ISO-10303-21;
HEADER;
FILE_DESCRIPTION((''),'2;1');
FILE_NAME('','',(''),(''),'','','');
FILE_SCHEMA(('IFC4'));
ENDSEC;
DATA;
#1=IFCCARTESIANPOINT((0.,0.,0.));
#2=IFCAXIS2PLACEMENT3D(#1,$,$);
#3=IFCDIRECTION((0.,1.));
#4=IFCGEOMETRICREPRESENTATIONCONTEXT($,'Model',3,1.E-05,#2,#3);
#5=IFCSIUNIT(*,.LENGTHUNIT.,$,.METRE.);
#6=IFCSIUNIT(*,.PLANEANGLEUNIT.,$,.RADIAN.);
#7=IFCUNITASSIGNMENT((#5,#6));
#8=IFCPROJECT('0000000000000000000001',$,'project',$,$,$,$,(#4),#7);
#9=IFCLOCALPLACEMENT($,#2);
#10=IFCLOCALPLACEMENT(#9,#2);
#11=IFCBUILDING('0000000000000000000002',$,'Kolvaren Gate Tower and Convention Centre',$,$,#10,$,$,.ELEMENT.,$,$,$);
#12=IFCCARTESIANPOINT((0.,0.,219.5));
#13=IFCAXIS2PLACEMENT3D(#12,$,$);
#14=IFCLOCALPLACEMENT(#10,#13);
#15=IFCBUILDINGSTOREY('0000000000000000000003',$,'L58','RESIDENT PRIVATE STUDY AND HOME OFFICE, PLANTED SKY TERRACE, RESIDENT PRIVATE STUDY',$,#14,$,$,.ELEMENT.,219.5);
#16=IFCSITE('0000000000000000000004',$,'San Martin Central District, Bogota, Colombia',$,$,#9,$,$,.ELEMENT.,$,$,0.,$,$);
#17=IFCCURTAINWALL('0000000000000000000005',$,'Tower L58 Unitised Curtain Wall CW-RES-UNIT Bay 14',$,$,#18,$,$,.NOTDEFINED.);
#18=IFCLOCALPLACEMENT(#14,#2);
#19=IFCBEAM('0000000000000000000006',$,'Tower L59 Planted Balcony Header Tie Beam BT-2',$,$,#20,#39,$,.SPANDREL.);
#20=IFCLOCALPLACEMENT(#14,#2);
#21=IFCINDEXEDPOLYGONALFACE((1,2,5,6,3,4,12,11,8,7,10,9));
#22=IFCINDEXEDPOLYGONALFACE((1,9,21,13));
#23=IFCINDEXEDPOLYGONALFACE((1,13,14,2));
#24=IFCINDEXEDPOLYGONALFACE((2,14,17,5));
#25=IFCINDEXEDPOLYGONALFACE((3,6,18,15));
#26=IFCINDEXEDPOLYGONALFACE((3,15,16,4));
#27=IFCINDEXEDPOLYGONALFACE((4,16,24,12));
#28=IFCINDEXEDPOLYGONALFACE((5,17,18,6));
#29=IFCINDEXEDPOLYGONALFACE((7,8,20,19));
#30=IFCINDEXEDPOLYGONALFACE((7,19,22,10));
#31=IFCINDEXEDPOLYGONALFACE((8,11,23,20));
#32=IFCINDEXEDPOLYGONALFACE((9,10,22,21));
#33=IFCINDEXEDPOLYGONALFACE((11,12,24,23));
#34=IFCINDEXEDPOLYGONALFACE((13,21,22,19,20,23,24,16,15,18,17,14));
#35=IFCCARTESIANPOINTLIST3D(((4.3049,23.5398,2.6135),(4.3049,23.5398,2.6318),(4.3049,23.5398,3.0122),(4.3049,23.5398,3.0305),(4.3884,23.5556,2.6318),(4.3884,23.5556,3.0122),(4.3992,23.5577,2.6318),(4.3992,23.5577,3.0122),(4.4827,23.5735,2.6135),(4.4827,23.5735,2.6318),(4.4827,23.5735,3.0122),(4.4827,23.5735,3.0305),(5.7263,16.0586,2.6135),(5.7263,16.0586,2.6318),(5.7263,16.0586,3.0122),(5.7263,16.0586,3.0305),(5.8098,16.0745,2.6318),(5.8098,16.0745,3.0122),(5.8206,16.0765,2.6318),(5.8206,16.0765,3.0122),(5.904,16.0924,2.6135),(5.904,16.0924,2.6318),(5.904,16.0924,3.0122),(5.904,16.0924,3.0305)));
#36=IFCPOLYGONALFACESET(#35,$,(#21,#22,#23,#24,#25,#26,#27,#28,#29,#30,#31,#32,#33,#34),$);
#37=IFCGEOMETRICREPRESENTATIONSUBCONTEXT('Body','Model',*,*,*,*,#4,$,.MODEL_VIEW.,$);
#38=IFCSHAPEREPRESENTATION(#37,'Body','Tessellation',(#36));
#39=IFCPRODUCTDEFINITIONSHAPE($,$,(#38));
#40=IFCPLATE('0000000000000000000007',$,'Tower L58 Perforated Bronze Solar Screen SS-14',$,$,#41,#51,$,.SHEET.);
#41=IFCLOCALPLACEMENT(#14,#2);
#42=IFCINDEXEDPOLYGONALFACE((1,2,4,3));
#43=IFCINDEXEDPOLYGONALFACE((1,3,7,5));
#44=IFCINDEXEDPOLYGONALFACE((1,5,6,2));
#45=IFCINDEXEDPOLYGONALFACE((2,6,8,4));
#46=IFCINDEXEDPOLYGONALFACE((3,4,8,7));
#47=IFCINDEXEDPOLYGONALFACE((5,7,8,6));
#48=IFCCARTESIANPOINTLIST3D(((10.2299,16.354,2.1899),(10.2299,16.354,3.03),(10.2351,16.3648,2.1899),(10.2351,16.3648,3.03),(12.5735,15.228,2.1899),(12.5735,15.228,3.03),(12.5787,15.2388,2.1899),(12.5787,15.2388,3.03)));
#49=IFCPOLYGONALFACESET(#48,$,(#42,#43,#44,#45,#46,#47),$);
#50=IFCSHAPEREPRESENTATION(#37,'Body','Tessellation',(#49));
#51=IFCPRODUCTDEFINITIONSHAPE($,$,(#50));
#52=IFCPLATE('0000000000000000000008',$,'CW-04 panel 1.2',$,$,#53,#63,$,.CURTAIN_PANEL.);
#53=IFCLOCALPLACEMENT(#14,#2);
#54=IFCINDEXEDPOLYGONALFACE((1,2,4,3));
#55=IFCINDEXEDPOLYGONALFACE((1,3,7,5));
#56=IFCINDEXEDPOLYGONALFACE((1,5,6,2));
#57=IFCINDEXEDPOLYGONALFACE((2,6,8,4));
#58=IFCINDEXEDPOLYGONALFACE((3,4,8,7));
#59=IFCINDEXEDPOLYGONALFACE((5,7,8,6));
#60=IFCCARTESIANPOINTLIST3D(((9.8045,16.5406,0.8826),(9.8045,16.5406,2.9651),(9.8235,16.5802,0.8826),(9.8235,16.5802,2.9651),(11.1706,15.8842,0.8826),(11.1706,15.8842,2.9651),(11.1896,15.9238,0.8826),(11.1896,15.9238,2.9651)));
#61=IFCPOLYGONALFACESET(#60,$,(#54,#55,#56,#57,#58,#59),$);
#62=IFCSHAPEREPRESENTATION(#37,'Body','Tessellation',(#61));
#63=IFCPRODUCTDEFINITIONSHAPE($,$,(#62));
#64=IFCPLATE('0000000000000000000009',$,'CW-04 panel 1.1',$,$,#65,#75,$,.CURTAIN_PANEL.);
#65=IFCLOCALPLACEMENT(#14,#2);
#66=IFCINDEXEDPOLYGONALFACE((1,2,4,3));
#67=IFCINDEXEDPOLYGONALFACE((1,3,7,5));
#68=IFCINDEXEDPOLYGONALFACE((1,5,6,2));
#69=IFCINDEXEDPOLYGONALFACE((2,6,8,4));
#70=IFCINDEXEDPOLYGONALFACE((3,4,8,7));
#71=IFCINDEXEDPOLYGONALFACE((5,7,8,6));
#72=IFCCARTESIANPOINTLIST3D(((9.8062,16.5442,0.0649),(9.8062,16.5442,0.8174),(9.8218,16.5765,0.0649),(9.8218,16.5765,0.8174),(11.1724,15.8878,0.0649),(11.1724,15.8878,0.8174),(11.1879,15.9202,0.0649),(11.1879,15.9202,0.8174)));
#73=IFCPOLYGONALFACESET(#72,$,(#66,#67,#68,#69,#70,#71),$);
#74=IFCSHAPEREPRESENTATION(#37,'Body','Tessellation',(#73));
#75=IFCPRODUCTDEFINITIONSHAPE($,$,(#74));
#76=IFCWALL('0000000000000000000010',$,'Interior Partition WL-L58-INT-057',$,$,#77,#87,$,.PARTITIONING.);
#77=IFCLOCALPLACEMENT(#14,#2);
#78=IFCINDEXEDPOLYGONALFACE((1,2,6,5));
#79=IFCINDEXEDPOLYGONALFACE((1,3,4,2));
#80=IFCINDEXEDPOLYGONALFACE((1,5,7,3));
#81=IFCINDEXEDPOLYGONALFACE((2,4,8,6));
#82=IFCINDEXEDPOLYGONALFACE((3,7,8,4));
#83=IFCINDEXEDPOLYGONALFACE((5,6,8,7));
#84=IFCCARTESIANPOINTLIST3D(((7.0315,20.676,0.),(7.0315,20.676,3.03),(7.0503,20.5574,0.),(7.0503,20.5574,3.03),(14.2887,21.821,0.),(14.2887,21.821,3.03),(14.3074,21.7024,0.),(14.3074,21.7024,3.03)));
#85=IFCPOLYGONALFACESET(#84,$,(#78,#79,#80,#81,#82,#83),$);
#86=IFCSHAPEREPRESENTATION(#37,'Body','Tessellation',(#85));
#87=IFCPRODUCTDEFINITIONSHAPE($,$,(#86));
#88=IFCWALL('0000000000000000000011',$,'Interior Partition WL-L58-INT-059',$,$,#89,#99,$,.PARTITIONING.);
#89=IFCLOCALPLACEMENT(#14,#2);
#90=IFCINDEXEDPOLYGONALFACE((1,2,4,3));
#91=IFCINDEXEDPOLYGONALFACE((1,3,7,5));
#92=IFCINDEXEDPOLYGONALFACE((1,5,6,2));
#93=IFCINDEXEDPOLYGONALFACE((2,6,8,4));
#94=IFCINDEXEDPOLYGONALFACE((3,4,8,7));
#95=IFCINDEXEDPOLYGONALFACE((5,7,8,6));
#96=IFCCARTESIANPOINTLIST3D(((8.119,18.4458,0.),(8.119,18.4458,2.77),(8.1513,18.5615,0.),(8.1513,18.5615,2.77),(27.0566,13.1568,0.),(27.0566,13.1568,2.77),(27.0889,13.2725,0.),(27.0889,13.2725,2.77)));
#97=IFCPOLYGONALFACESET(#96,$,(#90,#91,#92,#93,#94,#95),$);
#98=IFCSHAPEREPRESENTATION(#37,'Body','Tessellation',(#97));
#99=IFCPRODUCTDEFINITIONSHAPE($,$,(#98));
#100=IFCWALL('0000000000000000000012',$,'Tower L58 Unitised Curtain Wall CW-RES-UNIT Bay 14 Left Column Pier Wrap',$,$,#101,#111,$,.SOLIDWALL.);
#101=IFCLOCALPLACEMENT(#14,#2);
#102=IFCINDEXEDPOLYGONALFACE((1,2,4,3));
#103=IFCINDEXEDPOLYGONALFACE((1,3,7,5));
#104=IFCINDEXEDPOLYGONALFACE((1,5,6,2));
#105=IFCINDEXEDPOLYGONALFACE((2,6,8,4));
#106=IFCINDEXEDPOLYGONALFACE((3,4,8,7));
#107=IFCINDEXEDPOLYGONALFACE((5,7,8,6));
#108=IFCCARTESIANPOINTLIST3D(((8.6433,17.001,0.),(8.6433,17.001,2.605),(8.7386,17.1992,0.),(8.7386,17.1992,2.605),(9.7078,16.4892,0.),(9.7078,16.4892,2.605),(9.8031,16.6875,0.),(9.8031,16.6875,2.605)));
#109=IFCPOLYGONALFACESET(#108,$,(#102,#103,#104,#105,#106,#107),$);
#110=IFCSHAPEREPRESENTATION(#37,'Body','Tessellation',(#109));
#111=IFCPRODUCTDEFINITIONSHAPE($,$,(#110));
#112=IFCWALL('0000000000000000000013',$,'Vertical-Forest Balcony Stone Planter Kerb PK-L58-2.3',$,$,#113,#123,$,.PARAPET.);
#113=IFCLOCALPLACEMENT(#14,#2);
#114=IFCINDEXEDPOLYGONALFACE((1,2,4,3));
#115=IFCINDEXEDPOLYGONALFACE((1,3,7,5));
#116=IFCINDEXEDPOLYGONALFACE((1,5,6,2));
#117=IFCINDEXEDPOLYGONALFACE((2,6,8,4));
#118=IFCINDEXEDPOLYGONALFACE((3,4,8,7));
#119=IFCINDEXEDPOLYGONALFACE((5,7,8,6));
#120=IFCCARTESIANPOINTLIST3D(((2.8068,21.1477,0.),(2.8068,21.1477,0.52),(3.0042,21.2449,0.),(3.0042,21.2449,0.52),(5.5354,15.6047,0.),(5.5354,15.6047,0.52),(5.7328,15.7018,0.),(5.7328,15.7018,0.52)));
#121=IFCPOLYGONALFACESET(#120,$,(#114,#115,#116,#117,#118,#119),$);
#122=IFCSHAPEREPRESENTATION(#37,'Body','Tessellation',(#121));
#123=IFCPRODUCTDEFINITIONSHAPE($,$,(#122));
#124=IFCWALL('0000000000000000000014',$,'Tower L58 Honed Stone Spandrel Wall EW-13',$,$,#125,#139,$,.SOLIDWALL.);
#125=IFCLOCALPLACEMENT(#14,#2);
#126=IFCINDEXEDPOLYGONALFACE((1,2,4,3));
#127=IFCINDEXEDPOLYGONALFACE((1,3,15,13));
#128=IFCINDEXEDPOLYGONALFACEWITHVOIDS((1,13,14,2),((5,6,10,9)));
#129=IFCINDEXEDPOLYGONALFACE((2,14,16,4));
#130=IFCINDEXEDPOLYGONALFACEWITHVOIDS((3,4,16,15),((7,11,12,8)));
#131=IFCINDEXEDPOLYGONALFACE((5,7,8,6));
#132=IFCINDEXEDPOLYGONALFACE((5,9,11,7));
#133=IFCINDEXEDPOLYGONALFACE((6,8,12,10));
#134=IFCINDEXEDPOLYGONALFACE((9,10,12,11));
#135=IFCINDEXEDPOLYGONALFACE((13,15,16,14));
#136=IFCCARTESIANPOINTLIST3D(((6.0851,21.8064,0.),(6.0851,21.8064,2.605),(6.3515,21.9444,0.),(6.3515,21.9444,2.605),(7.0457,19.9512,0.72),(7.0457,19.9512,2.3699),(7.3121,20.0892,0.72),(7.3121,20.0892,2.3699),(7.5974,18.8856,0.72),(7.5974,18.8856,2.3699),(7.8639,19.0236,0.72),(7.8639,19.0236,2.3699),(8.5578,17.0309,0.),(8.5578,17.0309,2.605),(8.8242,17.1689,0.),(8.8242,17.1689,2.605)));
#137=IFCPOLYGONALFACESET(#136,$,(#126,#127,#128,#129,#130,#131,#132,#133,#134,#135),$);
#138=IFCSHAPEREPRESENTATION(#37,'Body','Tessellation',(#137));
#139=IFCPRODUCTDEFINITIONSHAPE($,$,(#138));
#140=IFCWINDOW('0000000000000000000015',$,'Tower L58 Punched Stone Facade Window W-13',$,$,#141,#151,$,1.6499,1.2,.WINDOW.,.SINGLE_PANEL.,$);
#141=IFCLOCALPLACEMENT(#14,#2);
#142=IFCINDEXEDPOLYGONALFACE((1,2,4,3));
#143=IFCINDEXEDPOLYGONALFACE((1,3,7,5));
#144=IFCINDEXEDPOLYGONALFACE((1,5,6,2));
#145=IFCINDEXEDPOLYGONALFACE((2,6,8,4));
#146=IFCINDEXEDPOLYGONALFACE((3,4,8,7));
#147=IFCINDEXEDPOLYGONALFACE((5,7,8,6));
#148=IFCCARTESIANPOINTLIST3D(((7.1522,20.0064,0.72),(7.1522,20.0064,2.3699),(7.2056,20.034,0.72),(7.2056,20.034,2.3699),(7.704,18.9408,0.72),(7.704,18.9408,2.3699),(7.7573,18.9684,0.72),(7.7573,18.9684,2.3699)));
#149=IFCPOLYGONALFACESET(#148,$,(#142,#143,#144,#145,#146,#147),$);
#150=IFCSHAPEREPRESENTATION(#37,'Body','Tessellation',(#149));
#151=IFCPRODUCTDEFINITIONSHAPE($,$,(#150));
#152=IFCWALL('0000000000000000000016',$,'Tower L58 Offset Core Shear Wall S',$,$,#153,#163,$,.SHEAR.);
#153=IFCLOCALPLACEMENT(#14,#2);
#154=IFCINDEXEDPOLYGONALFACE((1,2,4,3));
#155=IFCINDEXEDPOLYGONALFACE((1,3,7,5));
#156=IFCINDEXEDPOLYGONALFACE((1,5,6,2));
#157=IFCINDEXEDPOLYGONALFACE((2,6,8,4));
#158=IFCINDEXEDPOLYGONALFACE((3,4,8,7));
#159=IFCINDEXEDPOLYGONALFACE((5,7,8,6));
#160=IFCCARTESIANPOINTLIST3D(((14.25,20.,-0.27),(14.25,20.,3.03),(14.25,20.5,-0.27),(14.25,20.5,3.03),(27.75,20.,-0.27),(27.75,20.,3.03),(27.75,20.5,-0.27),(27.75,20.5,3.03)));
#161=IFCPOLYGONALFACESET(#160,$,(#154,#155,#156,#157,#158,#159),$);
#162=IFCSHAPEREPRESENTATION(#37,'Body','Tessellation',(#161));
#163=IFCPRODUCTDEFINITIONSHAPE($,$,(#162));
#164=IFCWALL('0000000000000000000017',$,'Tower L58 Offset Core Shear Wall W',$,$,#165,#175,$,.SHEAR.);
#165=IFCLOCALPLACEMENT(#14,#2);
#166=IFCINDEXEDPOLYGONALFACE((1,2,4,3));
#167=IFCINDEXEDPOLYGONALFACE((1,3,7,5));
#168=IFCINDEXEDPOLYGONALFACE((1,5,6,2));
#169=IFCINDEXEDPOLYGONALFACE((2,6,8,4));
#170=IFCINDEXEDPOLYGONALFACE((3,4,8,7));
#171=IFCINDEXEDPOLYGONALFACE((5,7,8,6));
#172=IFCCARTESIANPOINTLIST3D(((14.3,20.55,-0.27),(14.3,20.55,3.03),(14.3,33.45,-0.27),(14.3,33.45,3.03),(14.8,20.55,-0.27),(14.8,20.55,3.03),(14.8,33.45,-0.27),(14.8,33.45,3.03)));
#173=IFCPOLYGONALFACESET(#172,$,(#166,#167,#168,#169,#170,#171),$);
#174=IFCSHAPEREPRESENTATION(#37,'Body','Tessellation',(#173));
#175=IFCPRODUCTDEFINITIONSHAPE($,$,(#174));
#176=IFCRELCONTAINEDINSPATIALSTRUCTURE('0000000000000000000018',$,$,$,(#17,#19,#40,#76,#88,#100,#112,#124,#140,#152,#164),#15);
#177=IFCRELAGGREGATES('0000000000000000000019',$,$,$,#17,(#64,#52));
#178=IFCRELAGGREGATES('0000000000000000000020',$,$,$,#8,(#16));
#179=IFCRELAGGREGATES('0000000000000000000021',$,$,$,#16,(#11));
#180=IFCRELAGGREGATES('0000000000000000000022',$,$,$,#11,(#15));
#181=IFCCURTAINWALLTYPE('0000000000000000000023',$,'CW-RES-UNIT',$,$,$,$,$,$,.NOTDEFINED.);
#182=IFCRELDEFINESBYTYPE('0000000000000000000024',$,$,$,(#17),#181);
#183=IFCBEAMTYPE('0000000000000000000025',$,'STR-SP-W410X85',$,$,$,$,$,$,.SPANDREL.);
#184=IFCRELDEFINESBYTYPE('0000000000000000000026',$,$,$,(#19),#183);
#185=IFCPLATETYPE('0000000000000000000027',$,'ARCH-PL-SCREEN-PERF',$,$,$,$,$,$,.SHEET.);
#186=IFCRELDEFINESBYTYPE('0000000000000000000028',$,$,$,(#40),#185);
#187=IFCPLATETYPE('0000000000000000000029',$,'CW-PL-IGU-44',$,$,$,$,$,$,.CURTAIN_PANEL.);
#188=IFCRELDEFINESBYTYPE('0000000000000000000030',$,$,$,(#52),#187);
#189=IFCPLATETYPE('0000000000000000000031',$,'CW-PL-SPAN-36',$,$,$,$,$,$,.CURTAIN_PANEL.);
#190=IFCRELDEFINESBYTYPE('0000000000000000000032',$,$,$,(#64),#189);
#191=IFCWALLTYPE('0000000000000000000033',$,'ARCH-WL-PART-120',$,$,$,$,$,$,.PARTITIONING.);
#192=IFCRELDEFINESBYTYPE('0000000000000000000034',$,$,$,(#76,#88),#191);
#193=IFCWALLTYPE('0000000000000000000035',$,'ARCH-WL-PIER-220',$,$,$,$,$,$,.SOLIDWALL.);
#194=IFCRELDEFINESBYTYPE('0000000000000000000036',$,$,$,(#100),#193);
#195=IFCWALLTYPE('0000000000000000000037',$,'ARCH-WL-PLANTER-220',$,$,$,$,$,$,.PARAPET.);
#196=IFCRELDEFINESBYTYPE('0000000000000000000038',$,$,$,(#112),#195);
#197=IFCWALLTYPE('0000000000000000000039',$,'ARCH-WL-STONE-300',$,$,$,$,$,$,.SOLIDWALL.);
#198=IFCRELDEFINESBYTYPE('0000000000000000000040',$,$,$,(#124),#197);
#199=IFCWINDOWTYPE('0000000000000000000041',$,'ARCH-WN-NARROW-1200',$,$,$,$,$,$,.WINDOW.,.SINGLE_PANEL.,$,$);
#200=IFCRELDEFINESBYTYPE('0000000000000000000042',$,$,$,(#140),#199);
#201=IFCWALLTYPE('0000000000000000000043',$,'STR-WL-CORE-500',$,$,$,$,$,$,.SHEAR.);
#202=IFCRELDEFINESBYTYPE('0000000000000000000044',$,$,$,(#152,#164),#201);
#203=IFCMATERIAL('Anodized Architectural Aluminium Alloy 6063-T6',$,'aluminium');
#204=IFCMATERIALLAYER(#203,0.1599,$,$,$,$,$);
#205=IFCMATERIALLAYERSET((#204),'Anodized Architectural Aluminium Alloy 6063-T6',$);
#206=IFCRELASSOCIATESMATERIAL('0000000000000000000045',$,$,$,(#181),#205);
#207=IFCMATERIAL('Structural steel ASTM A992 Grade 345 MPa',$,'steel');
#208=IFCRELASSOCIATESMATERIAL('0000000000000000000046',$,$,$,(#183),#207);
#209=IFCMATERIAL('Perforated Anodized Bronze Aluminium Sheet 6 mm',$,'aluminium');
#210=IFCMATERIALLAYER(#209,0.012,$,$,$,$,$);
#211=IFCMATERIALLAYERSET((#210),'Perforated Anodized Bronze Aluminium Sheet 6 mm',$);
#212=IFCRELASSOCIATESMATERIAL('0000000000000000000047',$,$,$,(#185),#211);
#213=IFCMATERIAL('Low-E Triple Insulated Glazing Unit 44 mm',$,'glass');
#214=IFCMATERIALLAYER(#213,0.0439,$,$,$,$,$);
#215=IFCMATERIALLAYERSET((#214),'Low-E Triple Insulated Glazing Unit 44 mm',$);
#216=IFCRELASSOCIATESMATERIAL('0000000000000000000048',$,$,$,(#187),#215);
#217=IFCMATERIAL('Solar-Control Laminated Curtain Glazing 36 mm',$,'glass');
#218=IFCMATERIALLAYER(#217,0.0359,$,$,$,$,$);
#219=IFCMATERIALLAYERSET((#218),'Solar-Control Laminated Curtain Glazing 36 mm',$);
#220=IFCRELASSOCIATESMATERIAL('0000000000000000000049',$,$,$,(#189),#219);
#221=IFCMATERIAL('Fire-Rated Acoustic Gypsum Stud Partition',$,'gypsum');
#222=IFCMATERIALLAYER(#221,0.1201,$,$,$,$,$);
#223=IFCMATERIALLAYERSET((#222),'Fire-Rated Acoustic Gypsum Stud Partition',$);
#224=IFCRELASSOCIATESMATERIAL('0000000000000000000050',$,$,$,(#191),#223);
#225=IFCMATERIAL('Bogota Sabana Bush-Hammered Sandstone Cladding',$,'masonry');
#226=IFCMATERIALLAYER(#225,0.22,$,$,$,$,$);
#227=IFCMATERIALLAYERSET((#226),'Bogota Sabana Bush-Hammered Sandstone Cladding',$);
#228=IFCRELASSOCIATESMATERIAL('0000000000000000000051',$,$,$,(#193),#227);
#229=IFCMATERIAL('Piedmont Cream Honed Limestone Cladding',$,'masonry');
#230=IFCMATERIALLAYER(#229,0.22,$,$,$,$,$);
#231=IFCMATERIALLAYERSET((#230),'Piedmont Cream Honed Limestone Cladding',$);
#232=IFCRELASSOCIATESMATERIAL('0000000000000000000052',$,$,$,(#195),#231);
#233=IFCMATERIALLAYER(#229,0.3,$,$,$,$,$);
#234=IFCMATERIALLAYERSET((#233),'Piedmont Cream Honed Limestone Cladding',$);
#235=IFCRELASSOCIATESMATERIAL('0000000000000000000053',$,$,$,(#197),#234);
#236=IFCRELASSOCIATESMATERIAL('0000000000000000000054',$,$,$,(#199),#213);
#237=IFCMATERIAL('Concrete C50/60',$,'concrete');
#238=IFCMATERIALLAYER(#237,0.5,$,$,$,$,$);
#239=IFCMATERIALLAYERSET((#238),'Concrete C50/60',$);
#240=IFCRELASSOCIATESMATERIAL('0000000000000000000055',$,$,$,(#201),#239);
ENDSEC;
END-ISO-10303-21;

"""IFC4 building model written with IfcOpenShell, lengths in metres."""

from ifc_helpers import new_model, si_unit, direction, frame, frame_2d, origin, origin_2d, place, context, subcontext, project, spatial, rectangle, i_section, extrude, material, layer, layer_set, material_profile, profile_set, type_object, element, fill, aggregate, save


model = new_model("IFC4")

# Units and contexts
model_context = context("Model", 3, precision=1e-05, world=origin(), true_north=direction((0.0, 1.0)))
body_context = subcontext(model_context, "Body", "Model", "MODEL_VIEW")
ifc_project = project(units=[si_unit("LENGTHUNIT", "METRE"), si_unit("PLANEANGLEUNIT", "RADIAN")], contexts=[model_context])

# Site, building, storey
site_placement = place(None, origin())
site = spatial("IfcSite", under=ifc_project, at=site_placement, Name="San Martin Central District, Bogota, Colombia", CompositionType="ELEMENT", RefElevation=0.0)
building_placement = place(site_placement, origin())
building = spatial("IfcBuilding", under=site, at=building_placement, Name="Kolvaren Gate Tower and Convention Centre", CompositionType="ELEMENT")
storey_placement = place(building_placement, frame((0.0, 0.0, 219.5)))
storey = spatial("IfcBuildingStorey", under=building, at=storey_placement, Name="L58", Description="RESIDENT PRIVATE STUDY AND HOME OFFICE, PLANTED SKY TERRACE, RESIDENT PRIVATE STUDY", CompositionType="ELEMENT", Elevation=219.5)

# Curtain wall
ifc_material_1 = material(Name="Anodized Architectural Aluminium Alloy 6063-T6", Category="aluminium")
ifc_layer_1 = layer(ifc_material_1, 0.1599)
ifc_layer_set_1 = layer_set([ifc_layer_1], Name="Anodized Architectural Aluminium Alloy 6063-T6")
curtain_wall_type = type_object("IfcCurtainWallType", Name="CW-RES-UNIT", PredefinedType="NOTDEFINED", material=ifc_layer_set_1)
curtain_wall_placement = place(storey_placement, origin())
curtain_wall = element("IfcCurtainWall", 1, at=curtain_wall_placement, inside=storey, type_object=curtain_wall_type, Name="Tower L58 Unitised Curtain Wall CW-RES-UNIT Bay 14", PredefinedType="NOTDEFINED")

# Beam
ifc_material_2 = material(Name="Structural steel ASTM A992 Grade 345 MPa", Category="steel")
ifc_material_profile_1 = material_profile(ifc_material_2, i_section(OverallWidth=0.1809, OverallDepth=0.417, WebThickness=0.011, FlangeThickness=0.0183, at=origin_2d()), Name="W410X85")
ifc_profile_set_1 = profile_set([ifc_material_profile_1], Name="Structural steel ASTM A992 Grade 345 MPa")
beam_type_1 = type_object("IfcBeamType", Name="STR-SP-W410X85", PredefinedType="SPANDREL", material=ifc_profile_set_1)
beam_1_placement = place(storey_placement, frame((4.3938, 23.5566, 2.822), z_axis=(0.186655, -0.982425, 0.0), x_axis=(0.982425, 0.186655, 0.0)))
element("IfcBeam", 2, at=beam_1_placement, inside=storey, type_object=beam_type_1, Name="Tower L59 Planted Balcony Header Tie Beam BT-2", PredefinedType="SPANDREL", context=body_context, shape_type="SweptSolid", body=[
    extrude(i_section(OverallWidth=0.1809, OverallDepth=0.417, WebThickness=0.011, FlangeThickness=0.0183, at=origin_2d()), origin(), (0.0, 0.0, 1.0), 7.615),
])

# Plates
ifc_material_3 = material(Name="Perforated Anodized Bronze Aluminium Sheet 6 mm", Category="aluminium")
ifc_layer_2 = layer(ifc_material_3, 0.012)
ifc_layer_set_2 = layer_set([ifc_layer_2], Name="Perforated Anodized Bronze Aluminium Sheet 6 mm")
plate_type_1 = type_object("IfcPlateType", Name="ARCH-PL-SCREEN-PERF", PredefinedType="SHEET", material=ifc_layer_set_2)
plate_1_placement = place(storey_placement, frame((11.4043, 15.7964, 2.1899), z_axis=(0.0, 0.0, 1.0), x_axis=(0.901359, -0.433072, 0.0)))
element("IfcPlate", 3, at=plate_1_placement, inside=storey, type_object=plate_type_1, Name="Tower L58 Perforated Bronze Solar Screen SS-14", PredefinedType="SHEET", context=body_context, shape_type="SweptSolid", body=[
    extrude(rectangle(XDim=2.6001, YDim=0.012, at=origin_2d()), origin(), (0.0, 0.0, 1.0), 0.8401),
])
ifc_material_4 = material(Name="Low-E Triple Insulated Glazing Unit 44 mm", Category="glass")
ifc_layer_3 = layer(ifc_material_4, 0.0439)
ifc_layer_set_3 = layer_set([ifc_layer_3], Name="Low-E Triple Insulated Glazing Unit 44 mm")
plate_type_2 = type_object("IfcPlateType", Name="CW-PL-IGU-44", PredefinedType="CURTAIN_PANEL", material=ifc_layer_set_3)
plate_2_placement = place(storey_placement, frame((10.4971, 16.2322, 0.8826), z_axis=(0.0, 0.0, 1.0), x_axis=(0.901362, -0.433066, 0.0)))
plate_2 = element("IfcPlate", 4, at=plate_2_placement, type_object=plate_type_2, Name="CW-04 panel 1.2", PredefinedType="CURTAIN_PANEL", context=body_context, shape_type="SweptSolid", body=[
    extrude(rectangle(XDim=1.5156, YDim=0.0439, at=origin_2d()), origin(), (0.0, 0.0, 1.0), 2.0825),
])
ifc_material_5 = material(Name="Solar-Control Laminated Curtain Glazing 36 mm", Category="glass")
ifc_layer_4 = layer(ifc_material_5, 0.0359)
ifc_layer_set_4 = layer_set([ifc_layer_4], Name="Solar-Control Laminated Curtain Glazing 36 mm")
plate_type_3 = type_object("IfcPlateType", Name="CW-PL-SPAN-36", PredefinedType="CURTAIN_PANEL", material=ifc_layer_set_4)
plate_3_placement = place(storey_placement, frame((10.4971, 16.2322, 0.0649), z_axis=(0.0, 0.0, 1.0), x_axis=(0.901362, -0.433066, 0.0)))
plate_3 = element("IfcPlate", 5, at=plate_3_placement, type_object=plate_type_3, Name="CW-04 panel 1.1", PredefinedType="CURTAIN_PANEL", context=body_context, shape_type="SweptSolid", body=[
    extrude(rectangle(XDim=1.5156, YDim=0.0359, at=origin_2d()), origin(), (0.0, 0.0, 1.0), 0.7524),
])
aggregate(curtain_wall, [plate_3, plate_2])

# Walls
ifc_material_6 = material(Name="Fire-Rated Acoustic Gypsum Stud Partition", Category="gypsum")
ifc_layer_5 = layer(ifc_material_6, 0.1201)
ifc_layer_set_5 = layer_set([ifc_layer_5], Name="Fire-Rated Acoustic Gypsum Stud Partition")
wall_type_1 = type_object("IfcWallType", Name="ARCH-WL-PART-120", PredefinedType="PARTITIONING", material=ifc_layer_set_5)
wall_1_placement = place(storey_placement, frame((7.041, 20.6167, 0.0), z_axis=(0.0, 0.0, 1.0), x_axis=(0.98778, 0.155852, 0.0)))
element("IfcWall", 6, at=wall_1_placement, inside=storey, type_object=wall_type_1, Name="Interior Partition WL-L58-INT-057", PredefinedType="PARTITIONING", context=body_context, shape_type="SweptSolid", body=[
    extrude(rectangle(XDim=7.3469, YDim=0.1201, at=frame_2d((3.6733, 0.0))), origin(), (0.0, 0.0, 1.0), 3.03),
])
wall_2_placement = place(storey_placement, frame((8.1353, 18.5037, 0.0), z_axis=(0.0, 0.0, 1.0), x_axis=(0.963142, -0.268993, 0.0)))
element("IfcWall", 7, at=wall_2_placement, inside=storey, type_object=wall_type_1, Name="Interior Partition WL-L58-INT-059", PredefinedType="PARTITIONING", context=body_context, shape_type="SweptSolid", body=[
    extrude(rectangle(XDim=19.6624, YDim=0.1201, at=frame_2d((9.8311, 0.0))), origin(), (0.0, 0.0, 1.0), 2.77),
])
ifc_material_7 = material(Name="Bogota Sabana Bush-Hammered Sandstone Cladding", Category="masonry")
ifc_layer_6 = layer(ifc_material_7, 0.22)
ifc_layer_set_6 = layer_set([ifc_layer_6], Name="Bogota Sabana Bush-Hammered Sandstone Cladding")
wall_type_2 = type_object("IfcWallType", Name="ARCH-WL-PIER-220", PredefinedType="SOLIDWALL", material=ifc_layer_set_6)
wall_3_placement = place(storey_placement, frame((8.6909, 17.1001, 0.0), z_axis=(0.0, 0.0, 1.0), x_axis=(0.901265, -0.433269, 0.0)))
element("IfcWall", 8, at=wall_3_placement, inside=storey, type_object=wall_type_2, Name="Tower L58 Unitised Curtain Wall CW-RES-UNIT Bay 14 Left Column Pier Wrap", PredefinedType="SOLIDWALL", context=body_context, shape_type="SweptSolid", body=[
    extrude(rectangle(XDim=1.1812, YDim=0.22, at=frame_2d((0.5906, 0.0))), origin(), (0.0, 0.0, 1.0), 2.605),
])
ifc_material_8 = material(Name="Piedmont Cream Honed Limestone Cladding", Category="masonry")
ifc_layer_7 = layer(ifc_material_8, 0.22)
ifc_layer_set_7 = layer_set([ifc_layer_7], Name="Piedmont Cream Honed Limestone Cladding")
wall_type_3 = type_object("IfcWallType", Name="ARCH-WL-PLANTER-220", PredefinedType="PARAPET", material=ifc_layer_set_7)
wall_4_placement = place(storey_placement, frame((2.9055, 21.1963, 0.0), z_axis=(0.0, 0.0, 1.0), x_axis=(0.441641, -0.897192, 0.0)))
element("IfcWall", 9, at=wall_4_placement, inside=storey, type_object=wall_type_3, Name="Vertical-Forest Balcony Stone Planter Kerb PK-L58-2.3", PredefinedType="PARAPET", context=body_context, shape_type="SweptSolid", body=[
    extrude(rectangle(XDim=6.1782, YDim=0.22, at=frame_2d((3.0891, 0.0))), origin(), (0.0, 0.0, 1.0), 0.52),
])

# Wall, opening, window
ifc_layer_8 = layer(ifc_material_8, 0.3)
ifc_layer_set_8 = layer_set([ifc_layer_8], Name="Piedmont Cream Honed Limestone Cladding")
wall_type_4 = type_object("IfcWallType", Name="ARCH-WL-STONE-300", PredefinedType="SOLIDWALL", material=ifc_layer_set_8)
wall_5_placement = place(storey_placement, frame((6.2183, 21.8755, 0.0), z_axis=(0.0, 0.0, 1.0), x_axis=(0.459808, -0.888018, 0.0)))
wall_5 = element("IfcWall", 10, at=wall_5_placement, inside=storey, type_object=wall_type_4, Name="Tower L58 Honed Stone Spandrel Wall EW-13", PredefinedType="SOLIDWALL", context=body_context, shape_type="SweptSolid", body=[
    extrude(rectangle(XDim=5.3777, YDim=0.3, at=frame_2d((2.689, 0.0))), origin(), (0.0, 0.0, 1.0), 2.605),
])
opening_placement = place(wall_5_placement, frame((2.0891, 0.0, 0.72)))
opening = element("IfcOpeningElement", 11, at=opening_placement, cuts=wall_5, PredefinedType="OPENING", context=body_context, shape_type="SweptSolid", body=[
    extrude(rectangle(XDim=1.2, YDim=1.6499, at=frame_2d((0.6001, 0.825))), frame((0.0, 0.1599, 0.0), z_axis=(0.0, -1.0, 0.0), x_axis=(1.0, 0.0, 0.0)), (0.0, 0.0, 1.0), 0.3201),
])
window_type = type_object("IfcWindowType", Name="ARCH-WN-NARROW-1200", PartitioningType="SINGLE_PANEL", PredefinedType="WINDOW", material=ifc_material_4)
window_placement = place(opening_placement, origin())
window = element("IfcWindow", 12, at=window_placement, inside=storey, type_object=window_type, Name="Tower L58 Punched Stone Facade Window W-13", OverallHeight=1.6499, OverallWidth=1.2, PartitioningType="SINGLE_PANEL", PredefinedType="WINDOW", context=body_context, shape_type="SweptSolid", body=[
    extrude(rectangle(XDim=1.2, YDim=1.6499, at=frame_2d((0.6001, 0.825))), frame((0.0, 0.03, 0.0), z_axis=(0.0, -1.0, 0.0), x_axis=(1.0, 0.0, 0.0)), (0.0, 0.0, 1.0), 0.0601),
])
fill(opening, window)

# Walls
ifc_material_9 = material(Name="Concrete C50/60", Category="concrete")
ifc_layer_9 = layer(ifc_material_9, 0.5)
ifc_layer_set_9 = layer_set([ifc_layer_9], Name="Concrete C50/60")
wall_type_5 = type_object("IfcWallType", Name="STR-WL-CORE-500", PredefinedType="SHEAR", material=ifc_layer_set_9)
wall_6_placement = place(storey_placement, frame((14.25, 20.25, -0.27), z_axis=(0.0, 0.0, 1.0), x_axis=(1.0, 0.0, 0.0)))
element("IfcWall", 13, at=wall_6_placement, inside=storey, type_object=wall_type_5, Name="Tower L58 Offset Core Shear Wall S", PredefinedType="SHEAR", context=body_context, shape_type="SweptSolid", body=[
    extrude(rectangle(XDim=13.5, YDim=0.5, at=frame_2d((6.75, 0.0))), origin(), (0.0, 0.0, 1.0), 3.3),
])
wall_7_placement = place(storey_placement, frame((14.55, 20.55, -0.27), z_axis=(0.0, 0.0, 1.0), x_axis=(0.0, 1.0, 0.0)))
element("IfcWall", 14, at=wall_7_placement, inside=storey, type_object=wall_type_5, Name="Tower L58 Offset Core Shear Wall W", PredefinedType="SHEAR", context=body_context, shape_type="SweptSolid", body=[
    extrude(rectangle(XDim=12.8999, YDim=0.5, at=frame_2d((6.45, 0.0))), origin(), (0.0, 0.0, 1.0), 3.3),
])

save(model, "model.ifc")
